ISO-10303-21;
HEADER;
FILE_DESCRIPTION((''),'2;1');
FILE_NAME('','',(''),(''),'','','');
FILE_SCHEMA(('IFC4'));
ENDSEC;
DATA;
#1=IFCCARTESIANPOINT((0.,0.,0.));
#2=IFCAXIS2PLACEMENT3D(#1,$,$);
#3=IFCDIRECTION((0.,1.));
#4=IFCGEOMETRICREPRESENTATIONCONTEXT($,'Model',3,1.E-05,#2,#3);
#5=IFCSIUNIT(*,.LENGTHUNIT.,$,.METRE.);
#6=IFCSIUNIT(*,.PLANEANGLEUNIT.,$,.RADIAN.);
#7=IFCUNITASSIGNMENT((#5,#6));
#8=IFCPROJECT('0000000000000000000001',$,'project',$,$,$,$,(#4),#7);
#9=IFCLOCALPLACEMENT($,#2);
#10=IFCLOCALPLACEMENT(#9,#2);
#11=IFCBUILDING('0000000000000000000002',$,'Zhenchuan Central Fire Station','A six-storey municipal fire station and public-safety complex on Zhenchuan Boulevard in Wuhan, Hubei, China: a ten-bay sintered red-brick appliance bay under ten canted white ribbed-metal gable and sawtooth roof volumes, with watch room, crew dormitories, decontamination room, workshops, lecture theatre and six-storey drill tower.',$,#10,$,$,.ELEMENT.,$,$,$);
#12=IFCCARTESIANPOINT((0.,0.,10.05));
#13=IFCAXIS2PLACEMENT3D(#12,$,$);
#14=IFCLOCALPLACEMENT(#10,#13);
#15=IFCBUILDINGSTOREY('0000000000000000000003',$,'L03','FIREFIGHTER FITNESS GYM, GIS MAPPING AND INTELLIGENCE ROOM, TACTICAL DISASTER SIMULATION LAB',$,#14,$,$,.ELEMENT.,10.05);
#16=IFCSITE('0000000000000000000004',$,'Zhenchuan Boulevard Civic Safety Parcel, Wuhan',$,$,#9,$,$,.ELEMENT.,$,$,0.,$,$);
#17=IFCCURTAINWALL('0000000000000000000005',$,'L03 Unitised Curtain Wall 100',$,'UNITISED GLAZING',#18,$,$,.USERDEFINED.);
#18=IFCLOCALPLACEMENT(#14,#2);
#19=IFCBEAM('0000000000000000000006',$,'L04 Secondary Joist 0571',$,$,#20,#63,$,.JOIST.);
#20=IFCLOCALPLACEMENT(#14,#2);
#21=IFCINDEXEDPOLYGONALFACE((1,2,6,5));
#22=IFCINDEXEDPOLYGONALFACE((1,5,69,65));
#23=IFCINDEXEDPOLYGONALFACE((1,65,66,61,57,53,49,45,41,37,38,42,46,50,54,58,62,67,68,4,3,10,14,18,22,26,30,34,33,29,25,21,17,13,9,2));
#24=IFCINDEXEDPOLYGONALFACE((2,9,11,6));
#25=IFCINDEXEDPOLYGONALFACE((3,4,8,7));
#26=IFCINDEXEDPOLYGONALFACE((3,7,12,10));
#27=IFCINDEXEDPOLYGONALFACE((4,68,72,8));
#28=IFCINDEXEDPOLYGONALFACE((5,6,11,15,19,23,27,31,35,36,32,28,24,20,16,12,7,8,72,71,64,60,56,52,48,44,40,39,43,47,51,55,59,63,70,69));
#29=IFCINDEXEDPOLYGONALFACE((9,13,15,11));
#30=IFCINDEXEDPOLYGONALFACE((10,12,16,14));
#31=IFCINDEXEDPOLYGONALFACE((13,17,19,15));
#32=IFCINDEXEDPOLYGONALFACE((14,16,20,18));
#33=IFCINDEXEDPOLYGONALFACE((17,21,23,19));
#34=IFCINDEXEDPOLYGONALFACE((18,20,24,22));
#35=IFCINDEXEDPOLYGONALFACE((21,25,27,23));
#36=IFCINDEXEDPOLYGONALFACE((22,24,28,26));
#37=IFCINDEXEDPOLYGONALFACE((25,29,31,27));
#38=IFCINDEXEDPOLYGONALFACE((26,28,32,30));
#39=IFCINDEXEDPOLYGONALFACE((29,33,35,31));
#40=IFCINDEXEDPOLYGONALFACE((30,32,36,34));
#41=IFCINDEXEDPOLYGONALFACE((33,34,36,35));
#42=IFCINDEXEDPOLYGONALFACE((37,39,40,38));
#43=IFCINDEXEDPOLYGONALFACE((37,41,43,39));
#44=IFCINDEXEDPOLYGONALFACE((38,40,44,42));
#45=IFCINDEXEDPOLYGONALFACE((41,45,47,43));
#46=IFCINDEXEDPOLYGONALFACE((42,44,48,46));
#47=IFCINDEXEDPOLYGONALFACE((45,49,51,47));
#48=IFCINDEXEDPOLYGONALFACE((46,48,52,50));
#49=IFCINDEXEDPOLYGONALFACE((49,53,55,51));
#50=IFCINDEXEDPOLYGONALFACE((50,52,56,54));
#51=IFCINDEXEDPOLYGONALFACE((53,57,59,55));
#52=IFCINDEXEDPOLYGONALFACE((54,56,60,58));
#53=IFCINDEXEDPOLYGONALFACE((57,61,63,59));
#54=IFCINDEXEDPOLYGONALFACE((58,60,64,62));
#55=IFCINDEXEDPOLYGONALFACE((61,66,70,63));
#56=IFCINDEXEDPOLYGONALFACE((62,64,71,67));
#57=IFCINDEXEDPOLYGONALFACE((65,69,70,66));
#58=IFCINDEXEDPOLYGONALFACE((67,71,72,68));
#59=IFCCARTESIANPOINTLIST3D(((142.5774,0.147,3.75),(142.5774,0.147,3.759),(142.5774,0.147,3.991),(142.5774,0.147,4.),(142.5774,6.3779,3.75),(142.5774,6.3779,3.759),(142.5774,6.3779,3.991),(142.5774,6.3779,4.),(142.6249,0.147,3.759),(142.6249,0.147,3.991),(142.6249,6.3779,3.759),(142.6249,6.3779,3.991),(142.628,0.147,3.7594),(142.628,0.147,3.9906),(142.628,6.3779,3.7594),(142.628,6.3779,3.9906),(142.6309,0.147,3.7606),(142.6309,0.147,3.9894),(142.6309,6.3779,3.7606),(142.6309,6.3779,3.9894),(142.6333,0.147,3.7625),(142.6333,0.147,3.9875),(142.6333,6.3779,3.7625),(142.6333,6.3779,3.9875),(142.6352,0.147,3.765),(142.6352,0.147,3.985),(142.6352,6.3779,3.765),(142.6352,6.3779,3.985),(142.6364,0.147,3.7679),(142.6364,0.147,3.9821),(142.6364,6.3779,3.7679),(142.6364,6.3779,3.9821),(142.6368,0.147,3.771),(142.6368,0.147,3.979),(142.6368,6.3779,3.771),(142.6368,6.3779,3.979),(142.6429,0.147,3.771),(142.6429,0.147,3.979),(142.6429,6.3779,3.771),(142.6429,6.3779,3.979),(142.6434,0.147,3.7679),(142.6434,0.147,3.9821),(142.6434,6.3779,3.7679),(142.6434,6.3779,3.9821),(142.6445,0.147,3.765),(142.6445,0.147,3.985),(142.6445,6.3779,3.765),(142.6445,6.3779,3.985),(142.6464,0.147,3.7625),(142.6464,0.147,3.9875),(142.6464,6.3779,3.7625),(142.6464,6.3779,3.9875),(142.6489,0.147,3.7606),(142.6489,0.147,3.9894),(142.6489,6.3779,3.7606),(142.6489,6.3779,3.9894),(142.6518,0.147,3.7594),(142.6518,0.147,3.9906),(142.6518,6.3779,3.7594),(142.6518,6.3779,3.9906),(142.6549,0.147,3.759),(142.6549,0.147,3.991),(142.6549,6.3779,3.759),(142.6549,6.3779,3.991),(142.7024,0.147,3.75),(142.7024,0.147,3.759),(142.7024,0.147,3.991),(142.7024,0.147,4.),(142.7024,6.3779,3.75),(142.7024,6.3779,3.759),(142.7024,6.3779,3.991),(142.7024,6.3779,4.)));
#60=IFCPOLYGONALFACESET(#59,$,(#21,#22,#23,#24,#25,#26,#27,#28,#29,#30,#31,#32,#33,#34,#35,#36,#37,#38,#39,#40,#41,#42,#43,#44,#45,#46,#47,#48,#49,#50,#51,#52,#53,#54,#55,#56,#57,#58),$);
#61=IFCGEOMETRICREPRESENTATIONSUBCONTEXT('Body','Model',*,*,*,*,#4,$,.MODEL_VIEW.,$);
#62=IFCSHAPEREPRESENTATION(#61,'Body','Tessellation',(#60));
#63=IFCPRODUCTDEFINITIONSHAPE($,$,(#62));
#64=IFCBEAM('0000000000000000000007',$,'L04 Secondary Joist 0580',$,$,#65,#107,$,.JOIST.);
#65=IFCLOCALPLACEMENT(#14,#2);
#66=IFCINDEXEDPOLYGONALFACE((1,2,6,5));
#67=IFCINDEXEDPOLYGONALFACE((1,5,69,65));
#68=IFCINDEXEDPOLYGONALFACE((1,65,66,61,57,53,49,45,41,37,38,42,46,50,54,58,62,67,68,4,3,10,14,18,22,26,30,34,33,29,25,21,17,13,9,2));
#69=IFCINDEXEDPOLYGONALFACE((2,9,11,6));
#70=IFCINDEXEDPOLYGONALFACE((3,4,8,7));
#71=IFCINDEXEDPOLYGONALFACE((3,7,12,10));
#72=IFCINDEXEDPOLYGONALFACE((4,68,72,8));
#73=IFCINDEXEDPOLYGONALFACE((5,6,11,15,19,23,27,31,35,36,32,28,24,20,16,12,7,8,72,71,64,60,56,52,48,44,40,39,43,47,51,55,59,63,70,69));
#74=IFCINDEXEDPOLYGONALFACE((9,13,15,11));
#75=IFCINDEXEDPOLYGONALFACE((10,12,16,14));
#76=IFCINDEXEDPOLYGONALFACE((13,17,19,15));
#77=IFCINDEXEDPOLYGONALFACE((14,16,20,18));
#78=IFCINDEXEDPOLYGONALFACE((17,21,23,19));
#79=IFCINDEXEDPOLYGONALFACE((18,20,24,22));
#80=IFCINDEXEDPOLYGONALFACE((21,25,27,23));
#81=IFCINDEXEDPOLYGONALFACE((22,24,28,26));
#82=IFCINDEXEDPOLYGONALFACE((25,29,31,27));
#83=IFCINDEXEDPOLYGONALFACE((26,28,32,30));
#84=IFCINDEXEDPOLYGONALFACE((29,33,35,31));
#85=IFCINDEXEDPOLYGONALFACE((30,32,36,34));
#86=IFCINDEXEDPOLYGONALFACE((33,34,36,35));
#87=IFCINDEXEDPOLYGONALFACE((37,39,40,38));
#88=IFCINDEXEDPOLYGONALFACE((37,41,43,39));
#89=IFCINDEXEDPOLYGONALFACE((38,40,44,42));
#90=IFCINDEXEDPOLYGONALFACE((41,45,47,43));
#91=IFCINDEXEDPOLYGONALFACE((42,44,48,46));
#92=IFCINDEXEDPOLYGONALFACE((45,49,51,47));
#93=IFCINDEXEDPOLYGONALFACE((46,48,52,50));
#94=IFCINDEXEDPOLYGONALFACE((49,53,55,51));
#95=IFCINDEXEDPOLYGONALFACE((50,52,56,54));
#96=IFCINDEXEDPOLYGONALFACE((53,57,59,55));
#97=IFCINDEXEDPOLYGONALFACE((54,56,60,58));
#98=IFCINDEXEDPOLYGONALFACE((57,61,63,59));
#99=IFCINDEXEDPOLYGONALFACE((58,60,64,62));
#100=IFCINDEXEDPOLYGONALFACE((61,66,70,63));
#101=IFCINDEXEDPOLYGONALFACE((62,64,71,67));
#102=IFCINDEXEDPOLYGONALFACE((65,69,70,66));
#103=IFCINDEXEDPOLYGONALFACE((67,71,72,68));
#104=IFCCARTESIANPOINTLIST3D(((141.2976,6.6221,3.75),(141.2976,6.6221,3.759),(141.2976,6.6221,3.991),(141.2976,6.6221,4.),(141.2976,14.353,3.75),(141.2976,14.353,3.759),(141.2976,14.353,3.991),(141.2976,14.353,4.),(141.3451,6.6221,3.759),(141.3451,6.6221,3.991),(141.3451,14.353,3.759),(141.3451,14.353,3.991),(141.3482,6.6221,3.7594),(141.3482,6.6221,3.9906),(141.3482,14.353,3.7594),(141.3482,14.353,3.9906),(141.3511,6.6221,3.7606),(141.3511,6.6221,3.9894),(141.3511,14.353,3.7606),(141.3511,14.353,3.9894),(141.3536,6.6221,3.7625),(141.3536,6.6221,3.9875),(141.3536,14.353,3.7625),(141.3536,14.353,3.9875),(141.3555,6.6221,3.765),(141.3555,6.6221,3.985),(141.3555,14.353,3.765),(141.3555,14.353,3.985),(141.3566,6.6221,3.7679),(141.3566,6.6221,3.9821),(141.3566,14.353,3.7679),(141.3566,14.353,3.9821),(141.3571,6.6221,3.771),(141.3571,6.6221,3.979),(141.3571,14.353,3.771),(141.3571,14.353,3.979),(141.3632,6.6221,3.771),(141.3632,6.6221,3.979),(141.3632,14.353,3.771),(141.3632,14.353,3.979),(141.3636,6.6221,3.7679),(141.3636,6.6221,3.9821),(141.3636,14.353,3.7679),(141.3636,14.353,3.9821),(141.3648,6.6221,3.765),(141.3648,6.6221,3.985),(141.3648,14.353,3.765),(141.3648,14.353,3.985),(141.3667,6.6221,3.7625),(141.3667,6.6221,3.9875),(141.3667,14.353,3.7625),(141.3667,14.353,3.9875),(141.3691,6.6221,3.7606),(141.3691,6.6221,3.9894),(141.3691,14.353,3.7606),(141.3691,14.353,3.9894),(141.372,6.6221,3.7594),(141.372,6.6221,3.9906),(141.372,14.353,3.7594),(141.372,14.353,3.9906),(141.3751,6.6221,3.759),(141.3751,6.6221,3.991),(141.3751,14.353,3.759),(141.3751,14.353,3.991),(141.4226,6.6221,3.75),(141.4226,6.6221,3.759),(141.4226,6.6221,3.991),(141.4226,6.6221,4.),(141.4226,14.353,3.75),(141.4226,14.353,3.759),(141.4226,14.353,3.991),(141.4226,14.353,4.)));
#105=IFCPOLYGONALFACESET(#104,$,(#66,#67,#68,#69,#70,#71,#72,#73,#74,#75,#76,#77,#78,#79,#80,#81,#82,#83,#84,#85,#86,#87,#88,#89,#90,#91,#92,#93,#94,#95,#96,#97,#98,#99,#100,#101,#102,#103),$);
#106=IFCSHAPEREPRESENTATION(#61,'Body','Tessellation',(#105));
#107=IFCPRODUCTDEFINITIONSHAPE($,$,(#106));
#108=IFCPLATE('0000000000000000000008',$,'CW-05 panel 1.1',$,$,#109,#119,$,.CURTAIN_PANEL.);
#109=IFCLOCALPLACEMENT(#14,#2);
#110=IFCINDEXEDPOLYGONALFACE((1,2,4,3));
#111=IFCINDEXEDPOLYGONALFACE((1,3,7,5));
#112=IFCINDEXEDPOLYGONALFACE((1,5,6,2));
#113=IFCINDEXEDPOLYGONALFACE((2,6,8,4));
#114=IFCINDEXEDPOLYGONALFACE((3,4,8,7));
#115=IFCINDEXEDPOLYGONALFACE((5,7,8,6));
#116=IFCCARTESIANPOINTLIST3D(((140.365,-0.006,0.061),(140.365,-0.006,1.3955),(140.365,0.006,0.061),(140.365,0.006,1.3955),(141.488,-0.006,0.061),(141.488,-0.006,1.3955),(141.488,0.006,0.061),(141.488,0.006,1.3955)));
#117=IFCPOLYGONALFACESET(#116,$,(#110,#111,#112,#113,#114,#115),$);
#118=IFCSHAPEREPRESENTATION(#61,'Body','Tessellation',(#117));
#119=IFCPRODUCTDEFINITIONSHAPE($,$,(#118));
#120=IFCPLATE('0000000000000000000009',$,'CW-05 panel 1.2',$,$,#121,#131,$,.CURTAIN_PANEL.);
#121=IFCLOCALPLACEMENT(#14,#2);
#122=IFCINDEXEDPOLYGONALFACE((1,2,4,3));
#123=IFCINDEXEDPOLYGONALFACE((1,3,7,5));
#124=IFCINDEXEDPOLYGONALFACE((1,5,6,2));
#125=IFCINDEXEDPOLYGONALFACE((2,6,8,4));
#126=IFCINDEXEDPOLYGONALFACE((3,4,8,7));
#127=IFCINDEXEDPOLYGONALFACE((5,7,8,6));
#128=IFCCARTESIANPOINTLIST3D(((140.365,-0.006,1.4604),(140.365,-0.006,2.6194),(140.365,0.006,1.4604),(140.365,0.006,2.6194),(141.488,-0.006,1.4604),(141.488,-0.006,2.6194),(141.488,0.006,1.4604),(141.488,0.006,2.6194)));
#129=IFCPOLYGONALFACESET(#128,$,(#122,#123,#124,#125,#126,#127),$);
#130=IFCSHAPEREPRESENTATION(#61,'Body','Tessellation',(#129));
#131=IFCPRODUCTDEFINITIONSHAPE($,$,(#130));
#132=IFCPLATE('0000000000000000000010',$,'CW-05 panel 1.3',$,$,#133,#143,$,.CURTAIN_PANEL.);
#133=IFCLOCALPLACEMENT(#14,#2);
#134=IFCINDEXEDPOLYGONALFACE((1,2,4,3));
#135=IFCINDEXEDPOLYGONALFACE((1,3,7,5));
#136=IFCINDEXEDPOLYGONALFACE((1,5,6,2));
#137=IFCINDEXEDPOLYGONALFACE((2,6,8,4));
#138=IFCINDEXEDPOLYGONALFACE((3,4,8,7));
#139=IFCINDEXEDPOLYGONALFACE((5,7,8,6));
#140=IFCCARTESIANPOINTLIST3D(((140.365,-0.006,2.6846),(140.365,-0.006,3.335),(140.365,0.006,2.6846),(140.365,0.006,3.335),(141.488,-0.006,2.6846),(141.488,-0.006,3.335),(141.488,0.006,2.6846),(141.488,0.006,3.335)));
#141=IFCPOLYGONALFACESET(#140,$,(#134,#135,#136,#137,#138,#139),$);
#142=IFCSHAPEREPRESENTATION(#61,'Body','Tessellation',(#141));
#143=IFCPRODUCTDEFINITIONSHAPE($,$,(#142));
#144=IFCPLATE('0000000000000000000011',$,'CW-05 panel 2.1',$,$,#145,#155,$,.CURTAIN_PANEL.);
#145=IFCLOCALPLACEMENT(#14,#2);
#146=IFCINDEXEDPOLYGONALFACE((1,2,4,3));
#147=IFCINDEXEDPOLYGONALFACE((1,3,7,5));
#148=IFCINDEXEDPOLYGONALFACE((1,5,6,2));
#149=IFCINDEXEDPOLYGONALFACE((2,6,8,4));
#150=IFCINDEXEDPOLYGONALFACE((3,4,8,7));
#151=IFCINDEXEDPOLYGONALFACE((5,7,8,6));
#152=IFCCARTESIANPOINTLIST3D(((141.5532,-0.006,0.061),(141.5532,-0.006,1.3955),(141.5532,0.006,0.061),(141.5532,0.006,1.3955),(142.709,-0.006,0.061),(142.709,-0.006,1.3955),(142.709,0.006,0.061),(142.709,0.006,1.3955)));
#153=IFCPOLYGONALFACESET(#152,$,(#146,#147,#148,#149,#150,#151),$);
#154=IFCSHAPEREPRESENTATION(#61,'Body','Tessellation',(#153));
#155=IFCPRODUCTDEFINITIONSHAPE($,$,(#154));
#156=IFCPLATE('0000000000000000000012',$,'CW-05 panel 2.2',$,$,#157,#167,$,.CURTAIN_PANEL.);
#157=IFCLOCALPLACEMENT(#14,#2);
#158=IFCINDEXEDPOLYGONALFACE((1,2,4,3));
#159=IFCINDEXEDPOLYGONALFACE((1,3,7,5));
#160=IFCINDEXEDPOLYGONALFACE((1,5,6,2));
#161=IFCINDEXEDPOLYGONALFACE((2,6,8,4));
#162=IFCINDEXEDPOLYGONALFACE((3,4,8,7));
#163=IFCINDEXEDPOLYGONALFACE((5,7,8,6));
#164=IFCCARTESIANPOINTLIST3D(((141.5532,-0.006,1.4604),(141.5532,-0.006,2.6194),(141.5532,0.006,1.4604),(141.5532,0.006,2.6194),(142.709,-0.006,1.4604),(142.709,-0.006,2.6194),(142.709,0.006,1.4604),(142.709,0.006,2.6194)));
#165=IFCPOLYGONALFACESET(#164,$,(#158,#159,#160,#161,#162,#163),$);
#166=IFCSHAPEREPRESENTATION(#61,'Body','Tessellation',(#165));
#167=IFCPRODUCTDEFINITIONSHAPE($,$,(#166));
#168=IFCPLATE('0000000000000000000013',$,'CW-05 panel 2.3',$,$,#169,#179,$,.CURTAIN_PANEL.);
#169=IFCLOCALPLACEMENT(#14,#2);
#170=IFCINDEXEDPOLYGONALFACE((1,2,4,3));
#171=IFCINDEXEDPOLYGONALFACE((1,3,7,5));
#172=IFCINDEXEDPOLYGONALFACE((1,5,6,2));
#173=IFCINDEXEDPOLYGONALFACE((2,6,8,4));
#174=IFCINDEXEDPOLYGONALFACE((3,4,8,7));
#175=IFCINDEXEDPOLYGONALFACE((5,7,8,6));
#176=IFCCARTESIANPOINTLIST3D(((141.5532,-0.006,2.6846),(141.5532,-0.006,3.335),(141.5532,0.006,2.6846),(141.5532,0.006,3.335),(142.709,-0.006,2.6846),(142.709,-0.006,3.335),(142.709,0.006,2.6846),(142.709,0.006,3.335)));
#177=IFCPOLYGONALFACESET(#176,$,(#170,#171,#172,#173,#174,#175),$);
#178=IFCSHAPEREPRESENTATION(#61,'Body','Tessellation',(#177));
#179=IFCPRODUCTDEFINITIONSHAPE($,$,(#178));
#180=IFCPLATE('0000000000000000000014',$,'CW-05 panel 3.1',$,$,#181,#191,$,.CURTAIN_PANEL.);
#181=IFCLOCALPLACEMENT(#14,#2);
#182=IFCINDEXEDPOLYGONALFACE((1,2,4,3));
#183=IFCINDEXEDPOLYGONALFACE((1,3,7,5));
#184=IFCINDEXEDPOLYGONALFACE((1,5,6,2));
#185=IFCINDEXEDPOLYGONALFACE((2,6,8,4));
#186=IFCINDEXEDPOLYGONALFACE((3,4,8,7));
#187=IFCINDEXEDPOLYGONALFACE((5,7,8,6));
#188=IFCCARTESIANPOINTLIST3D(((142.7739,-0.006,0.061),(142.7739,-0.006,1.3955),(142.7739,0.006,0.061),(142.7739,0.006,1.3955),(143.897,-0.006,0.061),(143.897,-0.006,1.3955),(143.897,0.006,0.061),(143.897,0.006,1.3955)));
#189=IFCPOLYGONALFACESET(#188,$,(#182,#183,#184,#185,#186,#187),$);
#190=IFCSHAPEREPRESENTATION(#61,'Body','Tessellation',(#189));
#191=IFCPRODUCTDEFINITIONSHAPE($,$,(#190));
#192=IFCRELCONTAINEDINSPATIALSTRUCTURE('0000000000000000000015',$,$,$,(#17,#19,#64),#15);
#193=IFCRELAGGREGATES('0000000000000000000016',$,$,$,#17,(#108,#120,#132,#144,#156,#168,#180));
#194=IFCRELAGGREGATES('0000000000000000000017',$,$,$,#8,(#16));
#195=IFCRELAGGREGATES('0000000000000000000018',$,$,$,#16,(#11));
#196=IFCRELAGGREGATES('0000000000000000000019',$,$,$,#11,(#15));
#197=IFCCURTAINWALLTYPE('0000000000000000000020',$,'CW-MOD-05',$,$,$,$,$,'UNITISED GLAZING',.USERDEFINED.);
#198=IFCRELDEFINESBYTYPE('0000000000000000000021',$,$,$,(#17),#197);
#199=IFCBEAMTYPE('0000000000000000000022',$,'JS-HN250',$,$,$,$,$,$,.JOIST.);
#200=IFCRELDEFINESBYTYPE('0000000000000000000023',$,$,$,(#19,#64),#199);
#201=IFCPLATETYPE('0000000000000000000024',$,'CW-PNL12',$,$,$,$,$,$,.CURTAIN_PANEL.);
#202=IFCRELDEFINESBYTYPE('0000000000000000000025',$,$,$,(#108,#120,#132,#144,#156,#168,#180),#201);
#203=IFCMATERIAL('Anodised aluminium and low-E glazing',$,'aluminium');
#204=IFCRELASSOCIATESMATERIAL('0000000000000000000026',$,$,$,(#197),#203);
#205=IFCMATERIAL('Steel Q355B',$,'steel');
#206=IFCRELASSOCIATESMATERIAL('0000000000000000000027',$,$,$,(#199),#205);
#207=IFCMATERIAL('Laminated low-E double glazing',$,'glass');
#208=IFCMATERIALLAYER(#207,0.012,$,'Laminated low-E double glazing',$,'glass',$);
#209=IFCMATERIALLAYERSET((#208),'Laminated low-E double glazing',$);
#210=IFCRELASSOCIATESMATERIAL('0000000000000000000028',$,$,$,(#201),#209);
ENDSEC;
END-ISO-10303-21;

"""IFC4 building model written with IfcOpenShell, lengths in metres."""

from ifc_helpers import new_model, si_unit, direction, frame, origin, origin_2d, place, context, subcontext, project, spatial, rectangle, i_section, extrude, material, layer, layer_set, material_profile, profile_set, type_object, element, aggregate, save


model = new_model("IFC4")

# Units and contexts
model_context = context("Model", 3, precision=1e-05, world=origin(), true_north=direction((0.0, 1.0)))
body_context = subcontext(model_context, "Body", "Model", "MODEL_VIEW")
ifc_project = project(units=[si_unit("LENGTHUNIT", "METRE"), si_unit("PLANEANGLEUNIT", "RADIAN")], contexts=[model_context])

# Site, building, storey
site_placement = place(None, origin())
site = spatial("IfcSite", under=ifc_project, at=site_placement, Name="Zhenchuan Boulevard Civic Safety Parcel, Wuhan", CompositionType="ELEMENT", RefElevation=0.0)
building_placement = place(site_placement, origin())
building = spatial("IfcBuilding", under=site, at=building_placement, Name="Zhenchuan Central Fire Station", Description="A six-storey municipal fire station and public-safety complex on Zhenchuan Boulevard in Wuhan, Hubei, China: a ten-bay sintered red-brick appliance bay under ten canted white ribbed-metal gable and sawtooth roof volumes, with watch room, crew dormitories, decontamination room, workshops, lecture theatre and six-storey drill tower.", CompositionType="ELEMENT")
storey_placement = place(building_placement, frame((0.0, 0.0, 10.05)))
storey = spatial("IfcBuildingStorey", under=building, at=storey_placement, Name="L03", Description="FIREFIGHTER FITNESS GYM, GIS MAPPING AND INTELLIGENCE ROOM, TACTICAL DISASTER SIMULATION LAB", CompositionType="ELEMENT", Elevation=10.05)

# Shared definitions
ifc_material_1 = material(Name="Steel Q355B", Category="steel")

# Curtain wall
ifc_material_2 = material(Name="Anodised aluminium and low-E glazing", Category="aluminium")
curtain_wall_type_1 = type_object("IfcCurtainWallType", Name="CW-MOD-05", ElementType="UNITISED GLAZING", PredefinedType="USERDEFINED", material=ifc_material_2)
curtain_wall_1_placement = place(storey_placement, origin())
curtain_wall_1 = element("IfcCurtainWall", 1, at=curtain_wall_1_placement, inside=storey, type_object=curtain_wall_type_1, Name="L03 Unitised Curtain Wall 100", ObjectType="UNITISED GLAZING", PredefinedType="USERDEFINED")

# Beams
ifc_material_profile_1 = material_profile(ifc_material_1, i_section(OverallWidth=0.125, OverallDepth=0.25, WebThickness=0.0061, FlangeThickness=0.009, FilletRadius=0.012, at=origin_2d()), Name="HN 250x125")
ifc_profile_set_1 = profile_set([ifc_material_profile_1], Name="Steel Q355B")
beam_type_1 = type_object("IfcBeamType", Name="JS-HN250", PredefinedType="JOIST", material=ifc_profile_set_1)
beam_1_placement = place(storey_placement, frame((142.6399, 0.147, 3.875), z_axis=(0.0, 1.0, 0.0), x_axis=(-1.0, 0.0, 0.0)))
element("IfcBeam", 2, at=beam_1_placement, inside=storey, type_object=beam_type_1, Name="L04 Secondary Joist 0571", PredefinedType="JOIST", context=body_context, shape_type="SweptSolid", body=[
    extrude(i_section(OverallWidth=0.125, OverallDepth=0.25, WebThickness=0.0061, FlangeThickness=0.009, FilletRadius=0.012, at=origin_2d()), origin(), (0.0, 0.0, 1.0), 6.231),
])
beam_2_placement = place(storey_placement, frame((141.3601, 6.6221, 3.875), z_axis=(0.0, 1.0, 0.0), x_axis=(-1.0, 0.0, 0.0)))
element("IfcBeam", 3, at=beam_2_placement, inside=storey, type_object=beam_type_1, Name="L04 Secondary Joist 0580", PredefinedType="JOIST", context=body_context, shape_type="SweptSolid", body=[
    extrude(i_section(OverallWidth=0.125, OverallDepth=0.25, WebThickness=0.0061, FlangeThickness=0.009, FilletRadius=0.012, at=origin_2d()), origin(), (0.0, 0.0, 1.0), 7.731),
])

# Plates
ifc_material_3 = material(Name="Laminated low-E double glazing", Category="glass")
ifc_layer_1 = layer(ifc_material_3, 0.012, Name="Laminated low-E double glazing", Category="glass")
ifc_layer_set_1 = layer_set([ifc_layer_1], Name="Laminated low-E double glazing")
plate_type = type_object("IfcPlateType", Name="CW-PNL12", PredefinedType="CURTAIN_PANEL", material=ifc_layer_set_1)
plate_1_placement = place(storey_placement, frame((140.9265, 0.0, 0.061), z_axis=(0.0, 0.0, 1.0), x_axis=(1.0, 0.0, 0.0)))
plate_1 = element("IfcPlate", 4, at=plate_1_placement, type_object=plate_type, Name="CW-05 panel 1.1", PredefinedType="CURTAIN_PANEL", context=body_context, shape_type="SweptSolid", body=[
    extrude(rectangle(XDim=1.123, YDim=0.012, at=origin_2d()), origin(), (0.0, 0.0, 1.0), 1.3345),
])
plate_2_placement = place(storey_placement, frame((140.9265, 0.0, 1.4604), z_axis=(0.0, 0.0, 1.0), x_axis=(1.0, 0.0, 0.0)))
plate_2 = element("IfcPlate", 5, at=plate_2_placement, type_object=plate_type, Name="CW-05 panel 1.2", PredefinedType="CURTAIN_PANEL", context=body_context, shape_type="SweptSolid", body=[
    extrude(rectangle(XDim=1.123, YDim=0.012, at=origin_2d()), origin(), (0.0, 0.0, 1.0), 1.1589),
])
plate_3_placement = place(storey_placement, frame((140.9265, 0.0, 2.6846), z_axis=(0.0, 0.0, 1.0), x_axis=(1.0, 0.0, 0.0)))
plate_3 = element("IfcPlate", 6, at=plate_3_placement, type_object=plate_type, Name="CW-05 panel 1.3", PredefinedType="CURTAIN_PANEL", context=body_context, shape_type="SweptSolid", body=[
    extrude(rectangle(XDim=1.123, YDim=0.012, at=origin_2d()), origin(), (0.0, 0.0, 1.0), 0.6504),
])
plate_4_placement = place(storey_placement, frame((142.1311, 0.0, 0.061), z_axis=(0.0, 0.0, 1.0), x_axis=(1.0, 0.0, 0.0)))
plate_4 = element("IfcPlate", 7, at=plate_4_placement, type_object=plate_type, Name="CW-05 panel 2.1", PredefinedType="CURTAIN_PANEL", context=body_context, shape_type="SweptSolid", body=[
    extrude(rectangle(XDim=1.1558, YDim=0.012, at=origin_2d()), origin(), (0.0, 0.0, 1.0), 1.3345),
])
plate_5_placement = place(storey_placement, frame((142.1311, 0.0, 1.4604), z_axis=(0.0, 0.0, 1.0), x_axis=(1.0, 0.0, 0.0)))
plate_5 = element("IfcPlate", 8, at=plate_5_placement, type_object=plate_type, Name="CW-05 panel 2.2", PredefinedType="CURTAIN_PANEL", context=body_context, shape_type="SweptSolid", body=[
    extrude(rectangle(XDim=1.1558, YDim=0.012, at=origin_2d()), origin(), (0.0, 0.0, 1.0), 1.1589),
])
plate_6_placement = place(storey_placement, frame((142.1311, 0.0, 2.6846), z_axis=(0.0, 0.0, 1.0), x_axis=(1.0, 0.0, 0.0)))
plate_6 = element("IfcPlate", 9, at=plate_6_placement, type_object=plate_type, Name="CW-05 panel 2.3", PredefinedType="CURTAIN_PANEL", context=body_context, shape_type="SweptSolid", body=[
    extrude(rectangle(XDim=1.1558, YDim=0.012, at=origin_2d()), origin(), (0.0, 0.0, 1.0), 0.6504),
])
plate_7_placement = place(storey_placement, frame((143.3354, 0.0, 0.061), z_axis=(0.0, 0.0, 1.0), x_axis=(1.0, 0.0, 0.0)))
plate_7 = element("IfcPlate", 10, at=plate_7_placement, type_object=plate_type, Name="CW-05 panel 3.1", PredefinedType="CURTAIN_PANEL", context=body_context, shape_type="SweptSolid", body=[
    extrude(rectangle(XDim=1.123, YDim=0.012, at=origin_2d()), origin(), (0.0, 0.0, 1.0), 1.3345),
])
aggregate(curtain_wall_1, [plate_1, plate_2, plate_3, plate_4, plate_5, plate_6, plate_7])

save(model, "model.ifc")
